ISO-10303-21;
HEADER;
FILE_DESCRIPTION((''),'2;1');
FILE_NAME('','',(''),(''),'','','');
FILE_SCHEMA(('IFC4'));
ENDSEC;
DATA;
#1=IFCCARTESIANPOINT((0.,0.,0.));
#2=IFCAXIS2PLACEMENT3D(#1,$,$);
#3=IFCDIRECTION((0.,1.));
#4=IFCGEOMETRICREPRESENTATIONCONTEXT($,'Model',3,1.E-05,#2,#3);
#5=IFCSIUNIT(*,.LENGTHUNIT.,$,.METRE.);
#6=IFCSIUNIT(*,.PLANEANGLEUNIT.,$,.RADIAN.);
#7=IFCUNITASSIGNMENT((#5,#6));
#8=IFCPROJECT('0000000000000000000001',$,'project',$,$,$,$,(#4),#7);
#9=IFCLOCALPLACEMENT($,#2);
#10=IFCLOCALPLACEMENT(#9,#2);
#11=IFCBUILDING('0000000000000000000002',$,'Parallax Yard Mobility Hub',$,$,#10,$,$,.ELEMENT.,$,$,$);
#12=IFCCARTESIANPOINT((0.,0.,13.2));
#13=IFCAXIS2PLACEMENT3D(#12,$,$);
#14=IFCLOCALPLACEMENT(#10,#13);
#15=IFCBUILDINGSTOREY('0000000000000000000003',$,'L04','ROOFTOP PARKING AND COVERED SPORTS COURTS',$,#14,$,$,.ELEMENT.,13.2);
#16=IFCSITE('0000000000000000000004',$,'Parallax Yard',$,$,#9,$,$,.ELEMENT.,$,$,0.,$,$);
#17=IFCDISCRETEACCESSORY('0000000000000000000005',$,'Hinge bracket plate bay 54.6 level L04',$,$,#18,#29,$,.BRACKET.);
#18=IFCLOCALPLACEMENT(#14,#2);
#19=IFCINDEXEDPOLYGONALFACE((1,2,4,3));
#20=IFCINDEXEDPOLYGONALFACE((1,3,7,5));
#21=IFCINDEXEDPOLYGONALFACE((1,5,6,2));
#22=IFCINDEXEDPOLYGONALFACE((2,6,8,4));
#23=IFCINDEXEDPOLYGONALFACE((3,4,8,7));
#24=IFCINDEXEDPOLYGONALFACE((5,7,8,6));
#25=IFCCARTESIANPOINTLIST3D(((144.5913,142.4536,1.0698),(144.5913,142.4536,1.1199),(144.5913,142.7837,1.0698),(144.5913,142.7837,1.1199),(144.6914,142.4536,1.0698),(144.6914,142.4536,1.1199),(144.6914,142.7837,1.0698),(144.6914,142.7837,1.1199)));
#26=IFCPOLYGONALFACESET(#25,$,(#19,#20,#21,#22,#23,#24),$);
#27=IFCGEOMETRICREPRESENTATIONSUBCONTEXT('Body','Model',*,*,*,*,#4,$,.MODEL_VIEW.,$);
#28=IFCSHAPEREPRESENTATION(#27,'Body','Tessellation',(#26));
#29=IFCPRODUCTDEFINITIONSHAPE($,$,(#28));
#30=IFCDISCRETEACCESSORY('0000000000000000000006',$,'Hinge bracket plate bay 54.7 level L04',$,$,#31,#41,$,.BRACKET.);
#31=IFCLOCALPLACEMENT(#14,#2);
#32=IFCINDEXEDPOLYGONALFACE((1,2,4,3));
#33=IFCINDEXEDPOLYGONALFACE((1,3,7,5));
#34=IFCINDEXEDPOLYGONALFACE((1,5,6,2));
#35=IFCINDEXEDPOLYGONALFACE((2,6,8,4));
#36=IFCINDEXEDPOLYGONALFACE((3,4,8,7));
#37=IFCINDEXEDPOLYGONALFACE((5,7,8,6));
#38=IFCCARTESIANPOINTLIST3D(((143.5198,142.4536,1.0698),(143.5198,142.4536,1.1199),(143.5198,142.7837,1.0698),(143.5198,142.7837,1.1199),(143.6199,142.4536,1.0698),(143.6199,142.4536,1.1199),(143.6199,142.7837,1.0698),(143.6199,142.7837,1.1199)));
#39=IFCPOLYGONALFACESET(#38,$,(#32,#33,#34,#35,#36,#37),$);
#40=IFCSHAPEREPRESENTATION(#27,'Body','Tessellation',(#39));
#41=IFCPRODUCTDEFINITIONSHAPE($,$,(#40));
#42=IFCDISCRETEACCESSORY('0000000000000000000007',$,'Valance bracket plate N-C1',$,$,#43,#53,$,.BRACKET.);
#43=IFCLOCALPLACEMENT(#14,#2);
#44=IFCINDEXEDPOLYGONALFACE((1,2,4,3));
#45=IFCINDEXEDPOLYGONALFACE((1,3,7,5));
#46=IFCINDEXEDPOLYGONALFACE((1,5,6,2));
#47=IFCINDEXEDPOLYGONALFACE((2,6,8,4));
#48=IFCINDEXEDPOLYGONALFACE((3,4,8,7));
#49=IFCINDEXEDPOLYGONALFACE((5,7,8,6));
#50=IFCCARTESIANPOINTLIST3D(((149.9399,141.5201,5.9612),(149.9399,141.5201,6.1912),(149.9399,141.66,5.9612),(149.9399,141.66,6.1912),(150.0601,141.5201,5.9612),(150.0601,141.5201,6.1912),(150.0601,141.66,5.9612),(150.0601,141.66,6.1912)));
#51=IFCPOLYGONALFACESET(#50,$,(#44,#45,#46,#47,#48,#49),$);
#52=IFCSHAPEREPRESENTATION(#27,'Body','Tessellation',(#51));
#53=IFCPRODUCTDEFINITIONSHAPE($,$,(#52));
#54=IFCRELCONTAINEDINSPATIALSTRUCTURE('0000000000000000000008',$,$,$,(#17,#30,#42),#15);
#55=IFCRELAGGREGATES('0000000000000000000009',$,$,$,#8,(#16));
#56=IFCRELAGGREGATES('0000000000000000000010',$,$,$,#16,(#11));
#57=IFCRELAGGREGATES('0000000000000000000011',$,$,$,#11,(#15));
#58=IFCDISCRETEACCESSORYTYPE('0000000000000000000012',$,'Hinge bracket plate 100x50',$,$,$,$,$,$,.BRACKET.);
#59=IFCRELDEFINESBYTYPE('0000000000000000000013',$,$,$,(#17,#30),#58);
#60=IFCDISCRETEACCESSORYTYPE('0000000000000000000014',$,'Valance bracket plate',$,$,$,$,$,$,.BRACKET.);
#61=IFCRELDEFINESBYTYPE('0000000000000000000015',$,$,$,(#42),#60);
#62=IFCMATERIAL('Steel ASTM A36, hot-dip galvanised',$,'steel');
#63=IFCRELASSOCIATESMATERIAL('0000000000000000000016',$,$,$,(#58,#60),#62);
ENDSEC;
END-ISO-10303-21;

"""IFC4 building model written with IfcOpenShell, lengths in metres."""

from ifc_helpers import new_model, si_unit, direction, frame, origin, origin_2d, place, context, subcontext, project, spatial, rectangle, extrude, material, type_object, element, save


model = new_model("IFC4")

# Units and contexts
model_context = context("Model", 3, precision=1e-05, world=origin(), true_north=direction((0.0, 1.0)))
body_context = subcontext(model_context, "Body", "Model", "MODEL_VIEW")
ifc_project = project(units=[si_unit("LENGTHUNIT", "METRE"), si_unit("PLANEANGLEUNIT", "RADIAN")], contexts=[model_context])

# Site, building, storey
site_placement = place(None, origin())
site = spatial("IfcSite", under=ifc_project, at=site_placement, Name="Parallax Yard", CompositionType="ELEMENT", RefElevation=0.0)
building_placement = place(site_placement, origin())
building = spatial("IfcBuilding", under=site, at=building_placement, Name="Parallax Yard Mobility Hub", CompositionType="ELEMENT")
storey_placement = place(building_placement, frame((0.0, 0.0, 13.2)))
storey = spatial("IfcBuildingStorey", under=building, at=storey_placement, Name="L04", Description="ROOFTOP PARKING AND COVERED SPORTS COURTS", CompositionType="ELEMENT", Elevation=13.2)

# Discrete accessories
ifc_material_1 = material(Name="Steel ASTM A36, hot-dip galvanised", Category="steel")
discrete_accessory_type_1 = type_object("IfcDiscreteAccessoryType", Name="Hinge bracket plate 100x50", PredefinedType="BRACKET", material=ifc_material_1)
for number, where, z_axis, x_axis, name in (
    (1, (144.6414, 142.6187, 1.0698), (0.0, 0.0, 1.0), (0.0, 1.0, 0.0), "Hinge bracket plate bay 54.6 level L04"),
    (2, (143.5698, 142.6187, 1.0698), (0.0, 0.0, 1.0), (0.0, 1.0, 0.0), "Hinge bracket plate bay 54.7 level L04"),
):
    element("IfcDiscreteAccessory", number, at=place(storey_placement, frame(where, z_axis=z_axis, x_axis=x_axis)), inside=storey, type_object=discrete_accessory_type_1, Name=name, PredefinedType="BRACKET", context=body_context, shape_type="SweptSolid", body=[
        extrude(rectangle(XDim=0.3301, YDim=0.1001, at=origin_2d()), origin(), (0.0, 0.0, 1.0), 0.05),
    ])
discrete_accessory_type_2 = type_object("IfcDiscreteAccessoryType", Name="Valance bracket plate", PredefinedType="BRACKET", material=ifc_material_1)
discrete_accessory_placement = place(storey_placement, frame((150.0, 141.5901, 5.9612), z_axis=(0.0, 0.0, 1.0), x_axis=(0.0, 1.0, 0.0)))
element("IfcDiscreteAccessory", 3, at=discrete_accessory_placement, inside=storey, type_object=discrete_accessory_type_2, Name="Valance bracket plate N-C1", PredefinedType="BRACKET", context=body_context, shape_type="SweptSolid", body=[
    extrude(rectangle(XDim=0.1399, YDim=0.1201, at=origin_2d()), origin(), (0.0, 0.0, 1.0), 0.23),
])

save(model, "model.ifc")
